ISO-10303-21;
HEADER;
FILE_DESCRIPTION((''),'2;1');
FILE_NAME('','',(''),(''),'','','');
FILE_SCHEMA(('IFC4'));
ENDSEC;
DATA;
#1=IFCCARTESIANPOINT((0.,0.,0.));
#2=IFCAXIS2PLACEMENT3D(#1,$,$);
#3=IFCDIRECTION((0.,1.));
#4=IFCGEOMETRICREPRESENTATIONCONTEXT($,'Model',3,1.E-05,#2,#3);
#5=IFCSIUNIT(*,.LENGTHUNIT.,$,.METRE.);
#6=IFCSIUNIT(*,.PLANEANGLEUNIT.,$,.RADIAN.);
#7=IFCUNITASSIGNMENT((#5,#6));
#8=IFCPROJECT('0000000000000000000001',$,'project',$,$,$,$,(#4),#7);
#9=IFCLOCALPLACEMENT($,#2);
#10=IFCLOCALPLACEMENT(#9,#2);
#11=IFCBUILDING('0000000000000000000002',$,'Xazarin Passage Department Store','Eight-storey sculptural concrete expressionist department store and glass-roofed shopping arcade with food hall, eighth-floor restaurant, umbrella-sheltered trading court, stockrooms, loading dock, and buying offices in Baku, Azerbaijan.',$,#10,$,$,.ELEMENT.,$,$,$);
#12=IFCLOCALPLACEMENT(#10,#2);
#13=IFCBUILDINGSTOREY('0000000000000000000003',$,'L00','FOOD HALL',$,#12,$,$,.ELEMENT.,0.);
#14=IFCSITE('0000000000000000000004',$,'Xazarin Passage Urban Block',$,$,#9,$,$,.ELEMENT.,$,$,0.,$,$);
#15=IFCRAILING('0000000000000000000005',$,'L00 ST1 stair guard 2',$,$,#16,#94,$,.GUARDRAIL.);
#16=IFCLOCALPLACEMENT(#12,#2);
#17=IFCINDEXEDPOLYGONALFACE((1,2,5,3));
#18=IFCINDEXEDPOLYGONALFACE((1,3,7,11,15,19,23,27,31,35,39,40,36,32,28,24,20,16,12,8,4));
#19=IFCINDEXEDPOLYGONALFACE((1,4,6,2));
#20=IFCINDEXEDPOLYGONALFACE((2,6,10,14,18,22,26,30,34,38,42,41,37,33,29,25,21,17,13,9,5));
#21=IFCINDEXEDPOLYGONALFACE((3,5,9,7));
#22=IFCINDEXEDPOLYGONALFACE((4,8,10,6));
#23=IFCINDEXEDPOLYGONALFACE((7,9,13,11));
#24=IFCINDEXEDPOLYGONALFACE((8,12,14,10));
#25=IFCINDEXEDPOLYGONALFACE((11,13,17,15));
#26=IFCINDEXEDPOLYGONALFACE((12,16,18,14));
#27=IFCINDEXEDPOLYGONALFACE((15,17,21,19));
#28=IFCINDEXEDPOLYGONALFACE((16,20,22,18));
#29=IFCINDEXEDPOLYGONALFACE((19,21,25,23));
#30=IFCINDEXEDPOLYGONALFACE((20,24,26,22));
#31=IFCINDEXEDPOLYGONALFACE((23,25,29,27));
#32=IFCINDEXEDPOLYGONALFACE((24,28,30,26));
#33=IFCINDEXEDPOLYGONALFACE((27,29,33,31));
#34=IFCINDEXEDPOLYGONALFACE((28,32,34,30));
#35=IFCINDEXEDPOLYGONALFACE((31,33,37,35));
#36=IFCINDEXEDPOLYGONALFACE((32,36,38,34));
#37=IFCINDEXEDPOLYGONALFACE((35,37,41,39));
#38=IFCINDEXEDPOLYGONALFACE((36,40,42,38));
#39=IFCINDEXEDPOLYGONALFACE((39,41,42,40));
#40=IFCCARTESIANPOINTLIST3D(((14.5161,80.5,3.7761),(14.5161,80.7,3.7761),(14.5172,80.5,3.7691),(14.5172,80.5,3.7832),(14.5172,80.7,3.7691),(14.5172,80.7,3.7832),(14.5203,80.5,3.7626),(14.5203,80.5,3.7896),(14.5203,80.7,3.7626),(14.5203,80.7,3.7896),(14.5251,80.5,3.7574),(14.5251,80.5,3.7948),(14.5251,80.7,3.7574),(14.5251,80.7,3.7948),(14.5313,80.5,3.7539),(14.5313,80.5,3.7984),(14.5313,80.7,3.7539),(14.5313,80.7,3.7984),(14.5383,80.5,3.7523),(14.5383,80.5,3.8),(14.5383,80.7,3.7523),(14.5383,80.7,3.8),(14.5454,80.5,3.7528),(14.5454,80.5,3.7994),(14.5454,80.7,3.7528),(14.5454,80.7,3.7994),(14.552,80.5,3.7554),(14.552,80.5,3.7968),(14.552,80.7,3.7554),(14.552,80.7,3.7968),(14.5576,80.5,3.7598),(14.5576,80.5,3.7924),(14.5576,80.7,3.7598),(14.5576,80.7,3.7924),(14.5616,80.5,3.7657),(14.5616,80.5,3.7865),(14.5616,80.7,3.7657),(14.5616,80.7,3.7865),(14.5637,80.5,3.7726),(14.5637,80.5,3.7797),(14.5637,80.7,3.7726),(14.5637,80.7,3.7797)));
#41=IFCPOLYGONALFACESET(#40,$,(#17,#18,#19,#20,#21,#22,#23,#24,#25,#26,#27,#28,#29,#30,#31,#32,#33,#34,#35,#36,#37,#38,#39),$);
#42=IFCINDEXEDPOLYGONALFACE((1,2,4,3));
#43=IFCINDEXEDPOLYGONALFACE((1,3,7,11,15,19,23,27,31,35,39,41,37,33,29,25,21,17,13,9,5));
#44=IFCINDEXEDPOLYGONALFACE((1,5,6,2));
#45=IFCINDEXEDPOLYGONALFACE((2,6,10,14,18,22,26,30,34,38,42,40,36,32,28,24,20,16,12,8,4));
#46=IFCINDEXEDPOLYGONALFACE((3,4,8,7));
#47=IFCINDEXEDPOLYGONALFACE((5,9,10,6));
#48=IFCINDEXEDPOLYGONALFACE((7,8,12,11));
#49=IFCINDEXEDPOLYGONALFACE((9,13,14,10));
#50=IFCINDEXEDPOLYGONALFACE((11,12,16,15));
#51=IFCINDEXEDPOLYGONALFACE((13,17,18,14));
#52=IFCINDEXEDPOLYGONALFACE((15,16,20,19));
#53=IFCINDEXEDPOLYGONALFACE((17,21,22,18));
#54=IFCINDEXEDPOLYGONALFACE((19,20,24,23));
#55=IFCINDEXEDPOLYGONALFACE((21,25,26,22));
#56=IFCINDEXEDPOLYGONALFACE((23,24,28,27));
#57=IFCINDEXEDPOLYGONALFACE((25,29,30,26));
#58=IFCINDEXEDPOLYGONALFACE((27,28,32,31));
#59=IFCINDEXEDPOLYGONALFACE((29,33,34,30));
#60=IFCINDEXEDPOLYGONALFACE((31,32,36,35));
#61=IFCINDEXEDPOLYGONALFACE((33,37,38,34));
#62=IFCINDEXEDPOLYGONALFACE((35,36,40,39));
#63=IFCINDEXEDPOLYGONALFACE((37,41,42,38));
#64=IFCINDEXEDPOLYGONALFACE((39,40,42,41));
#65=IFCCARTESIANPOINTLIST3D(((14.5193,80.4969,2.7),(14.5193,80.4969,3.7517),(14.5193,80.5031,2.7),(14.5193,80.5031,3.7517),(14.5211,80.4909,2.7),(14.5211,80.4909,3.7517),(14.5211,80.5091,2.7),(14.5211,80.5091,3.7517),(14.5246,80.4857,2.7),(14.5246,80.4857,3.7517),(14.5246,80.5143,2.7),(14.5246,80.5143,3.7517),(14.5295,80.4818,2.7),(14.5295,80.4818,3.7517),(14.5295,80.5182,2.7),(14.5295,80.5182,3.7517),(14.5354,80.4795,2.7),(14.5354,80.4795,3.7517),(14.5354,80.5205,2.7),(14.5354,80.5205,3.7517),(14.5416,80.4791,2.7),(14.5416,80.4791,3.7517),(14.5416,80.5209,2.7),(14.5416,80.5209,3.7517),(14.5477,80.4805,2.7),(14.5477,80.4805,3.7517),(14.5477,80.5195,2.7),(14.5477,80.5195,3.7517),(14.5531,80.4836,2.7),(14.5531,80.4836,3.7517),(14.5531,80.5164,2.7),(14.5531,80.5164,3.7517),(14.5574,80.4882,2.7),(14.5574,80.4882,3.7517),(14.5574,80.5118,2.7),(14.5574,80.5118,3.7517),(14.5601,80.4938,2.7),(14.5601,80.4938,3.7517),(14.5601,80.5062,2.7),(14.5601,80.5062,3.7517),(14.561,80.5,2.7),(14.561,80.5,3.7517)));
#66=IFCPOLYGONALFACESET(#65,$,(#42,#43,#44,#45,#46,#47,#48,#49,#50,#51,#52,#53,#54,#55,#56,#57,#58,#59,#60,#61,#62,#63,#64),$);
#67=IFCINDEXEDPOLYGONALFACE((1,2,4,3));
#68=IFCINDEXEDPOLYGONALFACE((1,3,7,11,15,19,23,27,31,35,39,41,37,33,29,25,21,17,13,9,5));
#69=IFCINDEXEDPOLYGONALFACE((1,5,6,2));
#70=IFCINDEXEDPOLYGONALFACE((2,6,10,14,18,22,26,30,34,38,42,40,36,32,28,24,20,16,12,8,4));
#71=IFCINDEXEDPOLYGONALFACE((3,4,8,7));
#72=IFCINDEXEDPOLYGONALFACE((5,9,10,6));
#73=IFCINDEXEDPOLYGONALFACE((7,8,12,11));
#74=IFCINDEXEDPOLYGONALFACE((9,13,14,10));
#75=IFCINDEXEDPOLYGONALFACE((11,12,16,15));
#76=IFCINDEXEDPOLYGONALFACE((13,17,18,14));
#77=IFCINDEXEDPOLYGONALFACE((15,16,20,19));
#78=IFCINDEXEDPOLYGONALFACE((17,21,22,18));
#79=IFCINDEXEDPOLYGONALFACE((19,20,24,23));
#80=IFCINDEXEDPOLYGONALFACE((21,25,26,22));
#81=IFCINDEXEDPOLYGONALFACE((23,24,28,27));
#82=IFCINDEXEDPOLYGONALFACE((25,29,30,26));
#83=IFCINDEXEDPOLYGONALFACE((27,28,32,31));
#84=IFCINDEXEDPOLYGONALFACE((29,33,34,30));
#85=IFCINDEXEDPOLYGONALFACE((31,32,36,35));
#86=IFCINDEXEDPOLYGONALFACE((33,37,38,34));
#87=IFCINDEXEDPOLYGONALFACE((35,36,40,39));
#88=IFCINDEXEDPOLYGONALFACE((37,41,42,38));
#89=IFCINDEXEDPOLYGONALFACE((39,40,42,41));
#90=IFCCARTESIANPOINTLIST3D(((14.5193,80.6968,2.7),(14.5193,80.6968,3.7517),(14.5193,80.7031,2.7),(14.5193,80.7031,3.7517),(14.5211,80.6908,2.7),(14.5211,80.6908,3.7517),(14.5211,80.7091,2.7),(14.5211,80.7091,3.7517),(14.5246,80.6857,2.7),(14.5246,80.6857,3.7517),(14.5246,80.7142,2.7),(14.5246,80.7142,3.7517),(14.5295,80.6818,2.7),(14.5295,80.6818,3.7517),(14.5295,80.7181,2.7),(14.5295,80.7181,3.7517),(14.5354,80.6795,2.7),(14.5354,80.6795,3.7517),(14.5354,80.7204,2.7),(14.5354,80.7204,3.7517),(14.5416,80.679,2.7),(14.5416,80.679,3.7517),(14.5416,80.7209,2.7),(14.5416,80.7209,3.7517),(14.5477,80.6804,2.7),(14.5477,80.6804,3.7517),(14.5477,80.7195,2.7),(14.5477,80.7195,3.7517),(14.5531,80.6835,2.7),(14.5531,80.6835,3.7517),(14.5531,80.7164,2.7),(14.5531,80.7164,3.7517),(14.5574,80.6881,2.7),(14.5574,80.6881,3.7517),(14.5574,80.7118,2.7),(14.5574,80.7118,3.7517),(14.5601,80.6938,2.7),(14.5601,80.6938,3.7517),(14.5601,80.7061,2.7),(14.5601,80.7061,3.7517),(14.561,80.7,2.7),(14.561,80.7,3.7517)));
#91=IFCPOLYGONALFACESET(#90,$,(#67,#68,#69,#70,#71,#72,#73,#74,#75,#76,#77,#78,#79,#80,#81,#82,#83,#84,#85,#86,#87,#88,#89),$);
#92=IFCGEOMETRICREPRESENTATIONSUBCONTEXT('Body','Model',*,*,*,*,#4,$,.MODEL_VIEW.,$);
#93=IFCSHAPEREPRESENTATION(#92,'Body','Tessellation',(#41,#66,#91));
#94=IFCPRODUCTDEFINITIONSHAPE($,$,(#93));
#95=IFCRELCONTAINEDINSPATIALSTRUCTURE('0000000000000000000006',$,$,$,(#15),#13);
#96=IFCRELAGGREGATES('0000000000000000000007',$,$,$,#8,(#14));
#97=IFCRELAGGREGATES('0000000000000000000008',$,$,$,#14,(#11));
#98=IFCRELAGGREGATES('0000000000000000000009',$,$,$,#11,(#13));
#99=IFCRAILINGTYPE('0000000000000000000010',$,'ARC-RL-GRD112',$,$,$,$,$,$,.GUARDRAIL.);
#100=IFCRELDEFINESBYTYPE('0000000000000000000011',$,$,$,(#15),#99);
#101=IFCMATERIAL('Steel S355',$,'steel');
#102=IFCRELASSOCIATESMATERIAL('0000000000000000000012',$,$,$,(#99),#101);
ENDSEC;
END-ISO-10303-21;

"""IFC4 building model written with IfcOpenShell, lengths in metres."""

from ifc_helpers import new_model, si_unit, direction, frame, origin, origin_2d, place, context, subcontext, project, spatial, circle, extrude, material, type_object, element, save


model = new_model("IFC4")

# Units and contexts
model_context = context("Model", 3, precision=1e-05, world=origin(), true_north=direction((0.0, 1.0)))
body_context = subcontext(model_context, "Body", "Model", "MODEL_VIEW")
ifc_project = project(units=[si_unit("LENGTHUNIT", "METRE"), si_unit("PLANEANGLEUNIT", "RADIAN")], contexts=[model_context])

# Site, building, storey
site_placement = place(None, origin())
site = spatial("IfcSite", under=ifc_project, at=site_placement, Name="Xazarin Passage Urban Block", CompositionType="ELEMENT", RefElevation=0.0)
building_placement = place(site_placement, origin())
building = spatial("IfcBuilding", under=site, at=building_placement, Name="Xazarin Passage Department Store", Description="Eight-storey sculptural concrete expressionist department store and glass-roofed shopping arcade with food hall, eighth-floor restaurant, umbrella-sheltered trading court, stockrooms, loading dock, and buying offices in Baku, Azerbaijan.", CompositionType="ELEMENT")
storey_placement = place(building_placement, origin())
storey = spatial("IfcBuildingStorey", under=building, at=storey_placement, Name="L00", Description="FOOD HALL", CompositionType="ELEMENT", Elevation=0.0)

# Railing
ifc_material_1 = material(Name="Steel S355", Category="steel")
railing_type_1 = type_object("IfcRailingType", Name="ARC-RL-GRD112", PredefinedType="GUARDRAIL", material=ifc_material_1)
railing_1_placement = place(storey_placement, frame((14.54, 80.5, 2.7)))
element("IfcRailing", 1, at=railing_1_placement, inside=storey, type_object=railing_type_1, Name="L00 ST1 stair guard 2", PredefinedType="GUARDRAIL", context=body_context, shape_type="SweptSolid", body=[
    extrude(circle(Radius=0.0239, at=origin_2d()), frame((0.0, 0.0, 1.0762), z_axis=(0.0, 1.0, 0.0), x_axis=(-1.0, 0.0, 0.0)), (0.0, 0.0, 1.0), 0.2),
    extrude(circle(Radius=0.021, at=origin_2d()), origin(), (0.0, 0.0, 1.0), 1.0518),
    extrude(circle(Radius=0.021, at=origin_2d()), frame((0.0, 0.2, 0.0)), (0.0, 0.0, 1.0), 1.0518),
])

save(model, "model.ifc")
